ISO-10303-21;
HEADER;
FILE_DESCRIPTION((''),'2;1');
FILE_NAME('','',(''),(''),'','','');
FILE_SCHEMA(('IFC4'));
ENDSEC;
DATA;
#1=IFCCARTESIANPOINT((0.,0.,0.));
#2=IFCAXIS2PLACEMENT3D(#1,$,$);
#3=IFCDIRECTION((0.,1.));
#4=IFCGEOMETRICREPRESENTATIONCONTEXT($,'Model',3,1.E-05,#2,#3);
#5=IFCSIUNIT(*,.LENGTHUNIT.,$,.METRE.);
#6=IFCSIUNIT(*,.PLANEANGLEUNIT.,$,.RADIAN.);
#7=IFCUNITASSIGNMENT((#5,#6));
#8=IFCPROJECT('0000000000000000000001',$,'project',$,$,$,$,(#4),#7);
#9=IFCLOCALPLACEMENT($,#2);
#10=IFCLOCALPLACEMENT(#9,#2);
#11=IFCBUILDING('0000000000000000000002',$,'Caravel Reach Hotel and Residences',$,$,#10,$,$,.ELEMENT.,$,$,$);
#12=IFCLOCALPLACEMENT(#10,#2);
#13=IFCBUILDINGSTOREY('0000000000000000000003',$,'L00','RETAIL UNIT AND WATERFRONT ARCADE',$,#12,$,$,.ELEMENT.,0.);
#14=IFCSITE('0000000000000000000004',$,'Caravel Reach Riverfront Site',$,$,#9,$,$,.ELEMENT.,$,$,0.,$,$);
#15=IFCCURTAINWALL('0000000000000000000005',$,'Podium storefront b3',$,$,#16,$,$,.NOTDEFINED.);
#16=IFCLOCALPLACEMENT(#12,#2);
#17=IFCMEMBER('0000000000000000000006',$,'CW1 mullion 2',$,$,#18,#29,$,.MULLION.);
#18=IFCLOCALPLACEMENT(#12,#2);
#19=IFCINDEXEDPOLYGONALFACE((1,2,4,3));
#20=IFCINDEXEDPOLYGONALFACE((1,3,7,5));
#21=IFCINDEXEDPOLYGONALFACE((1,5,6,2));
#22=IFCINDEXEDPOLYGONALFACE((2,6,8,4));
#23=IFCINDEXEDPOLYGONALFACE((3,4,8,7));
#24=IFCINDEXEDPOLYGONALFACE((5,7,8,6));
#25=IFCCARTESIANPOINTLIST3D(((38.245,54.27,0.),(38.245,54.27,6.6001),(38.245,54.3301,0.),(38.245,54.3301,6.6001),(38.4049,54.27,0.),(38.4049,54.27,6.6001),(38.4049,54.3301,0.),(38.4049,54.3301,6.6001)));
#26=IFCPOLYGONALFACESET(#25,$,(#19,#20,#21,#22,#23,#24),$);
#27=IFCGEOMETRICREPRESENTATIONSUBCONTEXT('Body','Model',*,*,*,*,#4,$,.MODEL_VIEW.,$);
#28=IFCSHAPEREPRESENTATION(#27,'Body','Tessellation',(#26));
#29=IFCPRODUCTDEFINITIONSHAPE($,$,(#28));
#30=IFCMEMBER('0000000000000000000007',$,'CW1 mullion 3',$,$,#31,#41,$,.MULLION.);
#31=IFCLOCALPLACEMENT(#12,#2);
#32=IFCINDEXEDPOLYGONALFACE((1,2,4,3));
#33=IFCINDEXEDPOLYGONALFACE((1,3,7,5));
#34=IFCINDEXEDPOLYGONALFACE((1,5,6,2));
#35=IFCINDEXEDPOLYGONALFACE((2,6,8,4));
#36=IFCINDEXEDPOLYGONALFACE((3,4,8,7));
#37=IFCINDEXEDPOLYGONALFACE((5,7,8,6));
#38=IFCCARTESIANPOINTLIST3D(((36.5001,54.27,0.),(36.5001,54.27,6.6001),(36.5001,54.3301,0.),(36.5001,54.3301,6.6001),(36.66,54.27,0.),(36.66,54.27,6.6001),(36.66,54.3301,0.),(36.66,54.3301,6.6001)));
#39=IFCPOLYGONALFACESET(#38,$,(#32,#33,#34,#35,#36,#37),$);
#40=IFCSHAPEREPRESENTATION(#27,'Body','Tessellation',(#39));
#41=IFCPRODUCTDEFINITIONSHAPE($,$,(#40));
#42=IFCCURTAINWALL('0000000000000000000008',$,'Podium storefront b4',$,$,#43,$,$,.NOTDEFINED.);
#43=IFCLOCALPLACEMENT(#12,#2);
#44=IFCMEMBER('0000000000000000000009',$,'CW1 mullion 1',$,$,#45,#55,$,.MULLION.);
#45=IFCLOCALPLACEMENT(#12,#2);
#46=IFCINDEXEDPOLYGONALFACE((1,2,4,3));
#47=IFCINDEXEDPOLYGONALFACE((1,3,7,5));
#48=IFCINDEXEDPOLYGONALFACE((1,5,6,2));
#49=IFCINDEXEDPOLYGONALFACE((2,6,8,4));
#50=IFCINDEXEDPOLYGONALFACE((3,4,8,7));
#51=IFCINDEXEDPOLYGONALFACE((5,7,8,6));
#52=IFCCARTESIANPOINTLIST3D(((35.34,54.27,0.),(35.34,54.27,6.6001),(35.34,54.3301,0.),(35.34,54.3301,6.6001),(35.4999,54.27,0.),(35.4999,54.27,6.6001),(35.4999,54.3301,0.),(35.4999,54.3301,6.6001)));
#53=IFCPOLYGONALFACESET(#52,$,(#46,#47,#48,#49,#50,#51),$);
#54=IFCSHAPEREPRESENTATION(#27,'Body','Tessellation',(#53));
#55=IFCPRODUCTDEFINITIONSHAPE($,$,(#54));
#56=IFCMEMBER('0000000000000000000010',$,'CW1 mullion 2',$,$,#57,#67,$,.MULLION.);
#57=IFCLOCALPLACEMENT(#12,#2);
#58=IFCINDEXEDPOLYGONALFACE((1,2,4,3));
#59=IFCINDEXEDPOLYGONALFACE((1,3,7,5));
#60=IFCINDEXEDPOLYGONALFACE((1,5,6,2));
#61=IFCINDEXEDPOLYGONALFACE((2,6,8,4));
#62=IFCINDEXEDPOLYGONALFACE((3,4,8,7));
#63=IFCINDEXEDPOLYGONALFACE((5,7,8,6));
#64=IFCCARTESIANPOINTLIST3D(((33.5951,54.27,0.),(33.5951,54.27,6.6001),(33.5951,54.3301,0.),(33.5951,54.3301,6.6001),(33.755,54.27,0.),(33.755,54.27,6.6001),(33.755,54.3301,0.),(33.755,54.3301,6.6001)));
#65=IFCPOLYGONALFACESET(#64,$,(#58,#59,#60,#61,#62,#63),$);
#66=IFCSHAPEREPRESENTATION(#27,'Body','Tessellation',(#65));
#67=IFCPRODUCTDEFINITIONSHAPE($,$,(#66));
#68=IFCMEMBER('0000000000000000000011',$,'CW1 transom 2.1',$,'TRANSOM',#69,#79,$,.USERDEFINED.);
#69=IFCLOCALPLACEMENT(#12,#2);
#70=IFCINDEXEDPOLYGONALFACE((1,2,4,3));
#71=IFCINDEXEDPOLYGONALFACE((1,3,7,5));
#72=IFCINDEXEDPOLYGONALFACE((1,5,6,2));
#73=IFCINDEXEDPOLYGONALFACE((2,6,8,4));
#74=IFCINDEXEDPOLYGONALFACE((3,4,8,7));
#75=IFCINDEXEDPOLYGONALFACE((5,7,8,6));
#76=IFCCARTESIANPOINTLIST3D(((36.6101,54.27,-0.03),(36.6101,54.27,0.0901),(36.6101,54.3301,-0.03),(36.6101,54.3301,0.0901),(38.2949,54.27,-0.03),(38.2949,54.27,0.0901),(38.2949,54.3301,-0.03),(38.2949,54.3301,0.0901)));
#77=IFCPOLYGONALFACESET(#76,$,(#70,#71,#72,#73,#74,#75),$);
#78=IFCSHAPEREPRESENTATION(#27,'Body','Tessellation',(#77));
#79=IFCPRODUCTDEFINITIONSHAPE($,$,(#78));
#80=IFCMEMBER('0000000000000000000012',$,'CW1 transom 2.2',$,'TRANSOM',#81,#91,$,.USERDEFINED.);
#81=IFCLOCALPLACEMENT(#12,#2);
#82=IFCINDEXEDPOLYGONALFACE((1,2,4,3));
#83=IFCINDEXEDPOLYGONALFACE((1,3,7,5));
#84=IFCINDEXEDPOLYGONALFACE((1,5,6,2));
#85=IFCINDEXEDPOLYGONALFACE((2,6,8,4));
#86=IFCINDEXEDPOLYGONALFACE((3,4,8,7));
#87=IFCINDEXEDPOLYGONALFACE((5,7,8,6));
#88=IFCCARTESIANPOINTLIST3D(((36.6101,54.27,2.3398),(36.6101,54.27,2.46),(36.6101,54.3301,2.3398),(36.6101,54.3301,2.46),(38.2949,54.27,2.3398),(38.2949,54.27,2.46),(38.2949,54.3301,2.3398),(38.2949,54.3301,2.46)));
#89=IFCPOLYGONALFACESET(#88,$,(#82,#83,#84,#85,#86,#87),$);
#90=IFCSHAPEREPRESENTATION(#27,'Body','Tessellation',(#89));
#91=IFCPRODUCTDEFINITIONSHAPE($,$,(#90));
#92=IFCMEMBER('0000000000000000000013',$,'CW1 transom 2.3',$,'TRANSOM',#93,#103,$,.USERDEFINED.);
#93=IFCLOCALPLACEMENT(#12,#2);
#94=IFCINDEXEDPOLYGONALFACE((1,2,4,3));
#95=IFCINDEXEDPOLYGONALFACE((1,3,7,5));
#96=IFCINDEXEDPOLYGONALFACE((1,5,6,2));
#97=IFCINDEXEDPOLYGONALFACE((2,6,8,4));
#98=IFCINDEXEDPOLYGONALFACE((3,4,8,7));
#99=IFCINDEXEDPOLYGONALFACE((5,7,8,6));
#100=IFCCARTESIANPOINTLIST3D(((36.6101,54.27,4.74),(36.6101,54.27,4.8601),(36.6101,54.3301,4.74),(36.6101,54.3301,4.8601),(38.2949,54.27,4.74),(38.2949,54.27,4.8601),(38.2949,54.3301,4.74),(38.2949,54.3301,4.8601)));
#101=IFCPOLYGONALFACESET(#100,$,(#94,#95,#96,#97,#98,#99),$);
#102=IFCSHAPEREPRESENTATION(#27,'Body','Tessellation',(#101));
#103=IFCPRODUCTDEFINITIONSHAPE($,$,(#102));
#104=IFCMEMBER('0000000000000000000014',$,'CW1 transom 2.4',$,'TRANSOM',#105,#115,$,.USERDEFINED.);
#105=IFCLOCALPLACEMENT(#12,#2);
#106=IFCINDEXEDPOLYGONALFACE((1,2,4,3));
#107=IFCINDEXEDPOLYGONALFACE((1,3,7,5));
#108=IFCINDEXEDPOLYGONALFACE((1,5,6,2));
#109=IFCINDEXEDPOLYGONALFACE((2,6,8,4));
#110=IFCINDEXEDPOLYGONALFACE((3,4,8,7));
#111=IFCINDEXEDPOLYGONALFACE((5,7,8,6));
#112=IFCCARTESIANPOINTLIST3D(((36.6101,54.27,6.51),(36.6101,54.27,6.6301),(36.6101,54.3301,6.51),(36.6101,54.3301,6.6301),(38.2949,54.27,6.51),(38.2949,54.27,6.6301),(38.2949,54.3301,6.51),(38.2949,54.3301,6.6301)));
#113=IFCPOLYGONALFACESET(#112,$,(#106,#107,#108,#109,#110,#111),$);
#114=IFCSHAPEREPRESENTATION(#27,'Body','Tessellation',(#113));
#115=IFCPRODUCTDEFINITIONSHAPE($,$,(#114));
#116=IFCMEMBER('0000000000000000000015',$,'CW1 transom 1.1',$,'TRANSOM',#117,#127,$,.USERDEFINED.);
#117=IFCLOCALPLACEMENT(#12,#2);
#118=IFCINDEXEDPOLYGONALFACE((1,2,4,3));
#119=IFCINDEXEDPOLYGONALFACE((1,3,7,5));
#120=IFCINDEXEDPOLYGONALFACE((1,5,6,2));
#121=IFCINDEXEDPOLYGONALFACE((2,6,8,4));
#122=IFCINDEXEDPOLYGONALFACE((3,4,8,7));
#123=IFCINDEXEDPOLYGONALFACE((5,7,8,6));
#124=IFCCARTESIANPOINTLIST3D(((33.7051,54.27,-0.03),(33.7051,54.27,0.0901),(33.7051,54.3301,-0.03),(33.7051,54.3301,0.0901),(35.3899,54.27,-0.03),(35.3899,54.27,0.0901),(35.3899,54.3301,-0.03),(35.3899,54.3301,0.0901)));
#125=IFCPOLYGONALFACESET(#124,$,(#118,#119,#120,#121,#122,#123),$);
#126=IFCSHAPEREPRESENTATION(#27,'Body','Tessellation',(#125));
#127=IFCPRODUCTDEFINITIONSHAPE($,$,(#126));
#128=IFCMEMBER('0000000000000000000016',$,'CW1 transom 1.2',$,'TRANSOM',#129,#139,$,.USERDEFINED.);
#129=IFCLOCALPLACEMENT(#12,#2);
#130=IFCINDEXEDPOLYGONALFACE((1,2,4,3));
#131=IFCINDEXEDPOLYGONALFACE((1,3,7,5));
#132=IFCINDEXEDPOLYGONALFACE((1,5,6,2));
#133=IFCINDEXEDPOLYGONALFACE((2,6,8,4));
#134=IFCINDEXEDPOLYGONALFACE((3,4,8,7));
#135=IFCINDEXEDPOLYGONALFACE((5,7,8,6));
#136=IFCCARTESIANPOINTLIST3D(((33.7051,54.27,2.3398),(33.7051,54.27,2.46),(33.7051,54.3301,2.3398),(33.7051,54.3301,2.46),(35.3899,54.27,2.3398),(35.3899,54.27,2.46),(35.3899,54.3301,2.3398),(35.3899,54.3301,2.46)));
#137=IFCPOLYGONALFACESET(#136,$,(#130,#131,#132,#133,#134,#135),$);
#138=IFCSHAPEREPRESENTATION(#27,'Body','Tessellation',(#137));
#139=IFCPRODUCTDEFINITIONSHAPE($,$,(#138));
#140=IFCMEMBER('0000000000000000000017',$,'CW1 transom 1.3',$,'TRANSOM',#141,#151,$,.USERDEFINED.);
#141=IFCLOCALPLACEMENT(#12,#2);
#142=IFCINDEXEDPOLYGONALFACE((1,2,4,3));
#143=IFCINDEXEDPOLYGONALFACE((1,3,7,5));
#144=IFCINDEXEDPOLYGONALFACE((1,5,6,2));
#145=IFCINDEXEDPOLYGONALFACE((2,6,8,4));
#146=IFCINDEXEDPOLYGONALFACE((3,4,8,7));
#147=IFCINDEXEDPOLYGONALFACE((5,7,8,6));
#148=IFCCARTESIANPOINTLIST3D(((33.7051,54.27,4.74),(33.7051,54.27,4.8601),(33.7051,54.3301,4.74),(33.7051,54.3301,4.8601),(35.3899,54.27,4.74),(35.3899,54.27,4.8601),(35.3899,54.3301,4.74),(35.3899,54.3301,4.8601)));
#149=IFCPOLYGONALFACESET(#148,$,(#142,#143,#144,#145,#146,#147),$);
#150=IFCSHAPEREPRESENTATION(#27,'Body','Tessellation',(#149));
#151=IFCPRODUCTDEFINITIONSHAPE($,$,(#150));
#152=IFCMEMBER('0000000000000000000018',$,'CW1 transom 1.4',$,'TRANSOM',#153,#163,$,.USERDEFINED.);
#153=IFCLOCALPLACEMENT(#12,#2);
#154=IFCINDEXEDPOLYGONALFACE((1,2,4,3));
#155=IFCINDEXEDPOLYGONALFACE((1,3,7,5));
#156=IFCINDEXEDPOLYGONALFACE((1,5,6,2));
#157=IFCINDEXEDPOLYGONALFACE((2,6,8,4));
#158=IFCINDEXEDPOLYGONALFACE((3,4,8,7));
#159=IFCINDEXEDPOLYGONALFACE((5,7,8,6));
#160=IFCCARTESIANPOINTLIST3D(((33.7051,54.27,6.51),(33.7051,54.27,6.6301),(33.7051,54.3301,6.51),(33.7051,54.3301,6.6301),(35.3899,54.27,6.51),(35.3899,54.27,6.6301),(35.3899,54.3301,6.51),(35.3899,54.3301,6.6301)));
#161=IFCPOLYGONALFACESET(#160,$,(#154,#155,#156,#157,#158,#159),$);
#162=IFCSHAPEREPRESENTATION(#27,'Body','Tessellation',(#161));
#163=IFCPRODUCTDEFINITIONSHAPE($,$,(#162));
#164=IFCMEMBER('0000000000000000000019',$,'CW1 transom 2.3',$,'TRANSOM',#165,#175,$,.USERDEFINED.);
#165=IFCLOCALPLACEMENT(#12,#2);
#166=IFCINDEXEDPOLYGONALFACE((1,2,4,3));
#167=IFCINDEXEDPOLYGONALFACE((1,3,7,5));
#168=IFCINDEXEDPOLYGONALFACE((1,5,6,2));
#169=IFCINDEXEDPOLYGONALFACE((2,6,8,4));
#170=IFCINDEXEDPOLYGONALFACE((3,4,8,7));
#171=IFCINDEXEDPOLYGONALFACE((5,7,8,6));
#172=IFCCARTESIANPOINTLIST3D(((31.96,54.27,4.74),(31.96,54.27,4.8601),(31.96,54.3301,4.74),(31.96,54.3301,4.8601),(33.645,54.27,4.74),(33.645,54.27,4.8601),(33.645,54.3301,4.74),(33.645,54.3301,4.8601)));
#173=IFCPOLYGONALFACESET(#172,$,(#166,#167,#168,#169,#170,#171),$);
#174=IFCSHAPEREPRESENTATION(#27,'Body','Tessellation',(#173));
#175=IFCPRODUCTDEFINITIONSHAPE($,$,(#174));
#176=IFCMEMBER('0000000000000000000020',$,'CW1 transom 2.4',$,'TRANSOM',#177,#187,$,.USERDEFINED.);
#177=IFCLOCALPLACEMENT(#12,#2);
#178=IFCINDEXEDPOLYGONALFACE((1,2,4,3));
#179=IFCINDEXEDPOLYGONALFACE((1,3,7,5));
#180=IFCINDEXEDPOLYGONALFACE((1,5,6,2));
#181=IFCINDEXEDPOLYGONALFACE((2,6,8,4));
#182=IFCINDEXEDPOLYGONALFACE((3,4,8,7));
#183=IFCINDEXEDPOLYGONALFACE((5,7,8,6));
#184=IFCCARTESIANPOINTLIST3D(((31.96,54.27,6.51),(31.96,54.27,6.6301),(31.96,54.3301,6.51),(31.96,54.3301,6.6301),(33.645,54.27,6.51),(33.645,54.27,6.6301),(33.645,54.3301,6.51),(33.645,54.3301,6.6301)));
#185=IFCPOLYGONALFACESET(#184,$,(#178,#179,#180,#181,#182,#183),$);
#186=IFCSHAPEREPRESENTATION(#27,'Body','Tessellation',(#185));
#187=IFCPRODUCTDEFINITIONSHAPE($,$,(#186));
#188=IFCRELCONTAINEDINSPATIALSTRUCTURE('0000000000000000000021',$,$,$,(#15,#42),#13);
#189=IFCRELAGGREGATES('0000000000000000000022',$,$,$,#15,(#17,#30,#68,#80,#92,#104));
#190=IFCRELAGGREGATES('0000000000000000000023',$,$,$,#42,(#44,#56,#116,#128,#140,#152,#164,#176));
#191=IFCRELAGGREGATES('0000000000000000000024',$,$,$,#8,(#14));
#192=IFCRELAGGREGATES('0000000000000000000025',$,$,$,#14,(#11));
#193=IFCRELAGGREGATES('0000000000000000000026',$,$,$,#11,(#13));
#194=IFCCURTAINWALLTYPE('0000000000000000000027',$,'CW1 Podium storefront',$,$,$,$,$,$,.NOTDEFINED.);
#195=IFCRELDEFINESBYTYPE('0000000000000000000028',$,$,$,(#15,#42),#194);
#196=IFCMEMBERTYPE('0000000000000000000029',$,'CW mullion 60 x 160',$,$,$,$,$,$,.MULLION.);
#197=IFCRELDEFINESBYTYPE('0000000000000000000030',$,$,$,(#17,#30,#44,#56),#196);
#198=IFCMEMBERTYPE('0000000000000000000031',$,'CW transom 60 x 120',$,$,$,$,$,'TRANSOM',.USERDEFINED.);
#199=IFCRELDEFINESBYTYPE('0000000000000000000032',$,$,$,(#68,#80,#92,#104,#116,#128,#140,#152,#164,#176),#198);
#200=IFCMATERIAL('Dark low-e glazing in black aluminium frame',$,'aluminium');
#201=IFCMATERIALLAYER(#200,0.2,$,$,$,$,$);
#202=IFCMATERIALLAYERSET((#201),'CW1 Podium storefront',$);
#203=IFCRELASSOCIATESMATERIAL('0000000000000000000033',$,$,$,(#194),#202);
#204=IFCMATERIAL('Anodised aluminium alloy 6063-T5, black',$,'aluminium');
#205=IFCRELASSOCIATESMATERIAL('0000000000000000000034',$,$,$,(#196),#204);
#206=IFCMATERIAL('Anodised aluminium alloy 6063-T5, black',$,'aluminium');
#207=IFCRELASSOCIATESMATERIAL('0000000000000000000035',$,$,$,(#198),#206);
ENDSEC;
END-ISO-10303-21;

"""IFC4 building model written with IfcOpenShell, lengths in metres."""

from ifc_helpers import new_model, si_unit, direction, frame, origin, origin_2d, place, context, subcontext, project, spatial, rectangle, extrude, material, layer, layer_set, material_profile, profile_set, type_object, element, aggregate, save


model = new_model("IFC4")

# Units and contexts
model_context = context("Model", 3, precision=1e-05, world=origin(), true_north=direction((0.0, 1.0)))
body_context = subcontext(model_context, "Body", "Model", "MODEL_VIEW")
ifc_project = project(units=[si_unit("LENGTHUNIT", "METRE"), si_unit("PLANEANGLEUNIT", "RADIAN")], contexts=[model_context])

# Site, building, storey
site_placement = place(None, origin())
site = spatial("IfcSite", under=ifc_project, at=site_placement, Name="Caravel Reach Riverfront Site", CompositionType="ELEMENT", RefElevation=0.0)
building_placement = place(site_placement, origin())
building = spatial("IfcBuilding", under=site, at=building_placement, Name="Caravel Reach Hotel and Residences", CompositionType="ELEMENT")
storey_placement = place(building_placement, origin())
storey = spatial("IfcBuildingStorey", under=building, at=storey_placement, Name="L00", Description="RETAIL UNIT AND WATERFRONT ARCADE", CompositionType="ELEMENT", Elevation=0.0)

# Curtain walls, members
ifc_material_1 = material(Name="Dark low-e glazing in black aluminium frame", Category="aluminium")
ifc_layer_1 = layer(ifc_material_1, 0.2)
ifc_layer_set_1 = layer_set([ifc_layer_1], Name="CW1 Podium storefront")
curtain_wall_type = type_object("IfcCurtainWallType", Name="CW1 Podium storefront", PredefinedType="NOTDEFINED", material=ifc_layer_set_1)
curtain_wall_1_placement = place(storey_placement, origin())
curtain_wall_1 = element("IfcCurtainWall", 1, at=curtain_wall_1_placement, inside=storey, type_object=curtain_wall_type, Name="Podium storefront b3", PredefinedType="NOTDEFINED")
ifc_material_2 = material(Name="Anodised aluminium alloy 6063-T5, black", Category="aluminium")
ifc_material_profile_1 = material_profile(ifc_material_2, rectangle(XDim=0.0601, YDim=0.1599, at=origin_2d()), Name="CW mullion 60 x 160")
ifc_profile_set_1 = profile_set([ifc_material_profile_1], Name="Anodised aluminium alloy 6063-T5, black")
member_type_1 = type_object("IfcMemberType", Name="CW mullion 60 x 160", PredefinedType="MULLION", material=ifc_profile_set_1)
member_1_placement = place(storey_placement, frame((38.325, 54.3, 0.0), z_axis=(0.0, 0.0, 1.0), x_axis=(0.0, -1.0, 0.0)))
member_1 = element("IfcMember", 2, at=member_1_placement, type_object=member_type_1, Name="CW1 mullion 2", PredefinedType="MULLION", context=body_context, shape_type="SweptSolid", body=[
    extrude(rectangle(XDim=0.0601, YDim=0.1599, at=origin_2d()), origin(), (0.0, 0.0, 1.0), 6.6001),
])
member_2_placement = place(storey_placement, frame((36.5801, 54.3, 0.0), z_axis=(0.0, 0.0, 1.0), x_axis=(0.0, -1.0, 0.0)))
member_2 = element("IfcMember", 3, at=member_2_placement, type_object=member_type_1, Name="CW1 mullion 3", PredefinedType="MULLION", context=body_context, shape_type="SweptSolid", body=[
    extrude(rectangle(XDim=0.0601, YDim=0.1599, at=origin_2d()), origin(), (0.0, 0.0, 1.0), 6.6001),
])
curtain_wall_2_placement = place(storey_placement, origin())
curtain_wall_2 = element("IfcCurtainWall", 4, at=curtain_wall_2_placement, inside=storey, type_object=curtain_wall_type, Name="Podium storefront b4", PredefinedType="NOTDEFINED")
member_3_placement = place(storey_placement, frame((35.4199, 54.3, 0.0), z_axis=(0.0, 0.0, 1.0), x_axis=(0.0, -1.0, 0.0)))
member_3 = element("IfcMember", 5, at=member_3_placement, type_object=member_type_1, Name="CW1 mullion 1", PredefinedType="MULLION", context=body_context, shape_type="SweptSolid", body=[
    extrude(rectangle(XDim=0.0601, YDim=0.1599, at=origin_2d()), origin(), (0.0, 0.0, 1.0), 6.6001),
])
member_4_placement = place(storey_placement, frame((33.675, 54.3, 0.0), z_axis=(0.0, 0.0, 1.0), x_axis=(0.0, -1.0, 0.0)))
member_4 = element("IfcMember", 6, at=member_4_placement, type_object=member_type_1, Name="CW1 mullion 2", PredefinedType="MULLION", context=body_context, shape_type="SweptSolid", body=[
    extrude(rectangle(XDim=0.0601, YDim=0.1599, at=origin_2d()), origin(), (0.0, 0.0, 1.0), 6.6001),
])

# Members
ifc_material_3 = material(Name="Anodised aluminium alloy 6063-T5, black", Category="aluminium")
ifc_material_profile_2 = material_profile(ifc_material_3, rectangle(XDim=0.0601, YDim=0.1201, at=origin_2d()), Name="CW transom 60 x 120")
ifc_profile_set_2 = profile_set([ifc_material_profile_2], Name="Anodised aluminium alloy 6063-T5, black")
member_type_2 = type_object("IfcMemberType", Name="CW transom 60 x 120", ElementType="TRANSOM", PredefinedType="USERDEFINED", material=ifc_profile_set_2)
member_5_placement = place(storey_placement, frame((38.2949, 54.3, 0.03), z_axis=(-1.0, 0.0, 0.0), x_axis=(0.0, -1.0, 0.0)))
member_5 = element("IfcMember", 7, at=member_5_placement, type_object=member_type_2, Name="CW1 transom 2.1", ObjectType="TRANSOM", PredefinedType="USERDEFINED", context=body_context, shape_type="SweptSolid", body=[
    extrude(rectangle(XDim=0.0601, YDim=0.1201, at=origin_2d()), origin(), (0.0, 0.0, 1.0), 1.6848),
])
member_6_placement = place(storey_placement, frame((38.2949, 54.3, 2.3999), z_axis=(-1.0, 0.0, 0.0), x_axis=(0.0, -1.0, 0.0)))
member_6 = element("IfcMember", 8, at=member_6_placement, type_object=member_type_2, Name="CW1 transom 2.2", ObjectType="TRANSOM", PredefinedType="USERDEFINED", context=body_context, shape_type="SweptSolid", body=[
    extrude(rectangle(XDim=0.0601, YDim=0.1201, at=origin_2d()), origin(), (0.0, 0.0, 1.0), 1.6848),
])
member_7_placement = place(storey_placement, frame((38.2949, 54.3, 4.8), z_axis=(-1.0, 0.0, 0.0), x_axis=(0.0, -1.0, 0.0)))
member_7 = element("IfcMember", 9, at=member_7_placement, type_object=member_type_2, Name="CW1 transom 2.3", ObjectType="TRANSOM", PredefinedType="USERDEFINED", context=body_context, shape_type="SweptSolid", body=[
    extrude(rectangle(XDim=0.0601, YDim=0.1201, at=origin_2d()), origin(), (0.0, 0.0, 1.0), 1.6848),
])
member_8_placement = place(storey_placement, frame((38.2949, 54.3, 6.5701), z_axis=(-1.0, 0.0, 0.0), x_axis=(0.0, -1.0, 0.0)))
member_8 = element("IfcMember", 10, at=member_8_placement, type_object=member_type_2, Name="CW1 transom 2.4", ObjectType="TRANSOM", PredefinedType="USERDEFINED", context=body_context, shape_type="SweptSolid", body=[
    extrude(rectangle(XDim=0.0601, YDim=0.1201, at=origin_2d()), origin(), (0.0, 0.0, 1.0), 1.6848),
])
member_9_placement = place(storey_placement, frame((35.3899, 54.3, 0.03), z_axis=(-1.0, 0.0, 0.0), x_axis=(0.0, -1.0, 0.0)))
member_9 = element("IfcMember", 11, at=member_9_placement, type_object=member_type_2, Name="CW1 transom 1.1", ObjectType="TRANSOM", PredefinedType="USERDEFINED", context=body_context, shape_type="SweptSolid", body=[
    extrude(rectangle(XDim=0.0601, YDim=0.1201, at=origin_2d()), origin(), (0.0, 0.0, 1.0), 1.6848),
])
member_10_placement = place(storey_placement, frame((35.3899, 54.3, 2.3999), z_axis=(-1.0, 0.0, 0.0), x_axis=(0.0, -1.0, 0.0)))
member_10 = element("IfcMember", 12, at=member_10_placement, type_object=member_type_2, Name="CW1 transom 1.2", ObjectType="TRANSOM", PredefinedType="USERDEFINED", context=body_context, shape_type="SweptSolid", body=[
    extrude(rectangle(XDim=0.0601, YDim=0.1201, at=origin_2d()), origin(), (0.0, 0.0, 1.0), 1.6848),
])
member_11_placement = place(storey_placement, frame((35.3899, 54.3, 4.8), z_axis=(-1.0, 0.0, 0.0), x_axis=(0.0, -1.0, 0.0)))
member_11 = element("IfcMember", 13, at=member_11_placement, type_object=member_type_2, Name="CW1 transom 1.3", ObjectType="TRANSOM", PredefinedType="USERDEFINED", context=body_context, shape_type="SweptSolid", body=[
    extrude(rectangle(XDim=0.0601, YDim=0.1201, at=origin_2d()), origin(), (0.0, 0.0, 1.0), 1.6848),
])
member_12_placement = place(storey_placement, frame((35.3899, 54.3, 6.5701), z_axis=(-1.0, 0.0, 0.0), x_axis=(0.0, -1.0, 0.0)))
member_12 = element("IfcMember", 14, at=member_12_placement, type_object=member_type_2, Name="CW1 transom 1.4", ObjectType="TRANSOM", PredefinedType="USERDEFINED", context=body_context, shape_type="SweptSolid", body=[
    extrude(rectangle(XDim=0.0601, YDim=0.1201, at=origin_2d()), origin(), (0.0, 0.0, 1.0), 1.6848),
])
member_13_placement = place(storey_placement, frame((33.645, 54.3, 4.8), z_axis=(-1.0, 0.0, 0.0), x_axis=(0.0, -1.0, 0.0)))
member_13 = element("IfcMember", 15, at=member_13_placement, type_object=member_type_2, Name="CW1 transom 2.3", ObjectType="TRANSOM", PredefinedType="USERDEFINED", context=body_context, shape_type="SweptSolid", body=[
    extrude(rectangle(XDim=0.0601, YDim=0.1201, at=origin_2d()), origin(), (0.0, 0.0, 1.0), 1.6851),
])
member_14_placement = place(storey_placement, frame((33.645, 54.3, 6.5701), z_axis=(-1.0, 0.0, 0.0), x_axis=(0.0, -1.0, 0.0)))
member_14 = element("IfcMember", 16, at=member_14_placement, type_object=member_type_2, Name="CW1 transom 2.4", ObjectType="TRANSOM", PredefinedType="USERDEFINED", context=body_context, shape_type="SweptSolid", body=[
    extrude(rectangle(XDim=0.0601, YDim=0.1201, at=origin_2d()), origin(), (0.0, 0.0, 1.0), 1.6851),
])

aggregate(curtain_wall_1, [member_1, member_2, member_5, member_6, member_7, member_8])
aggregate(curtain_wall_2, [member_3, member_4, member_9, member_10, member_11, member_12, member_13, member_14])

save(model, "model.ifc")
